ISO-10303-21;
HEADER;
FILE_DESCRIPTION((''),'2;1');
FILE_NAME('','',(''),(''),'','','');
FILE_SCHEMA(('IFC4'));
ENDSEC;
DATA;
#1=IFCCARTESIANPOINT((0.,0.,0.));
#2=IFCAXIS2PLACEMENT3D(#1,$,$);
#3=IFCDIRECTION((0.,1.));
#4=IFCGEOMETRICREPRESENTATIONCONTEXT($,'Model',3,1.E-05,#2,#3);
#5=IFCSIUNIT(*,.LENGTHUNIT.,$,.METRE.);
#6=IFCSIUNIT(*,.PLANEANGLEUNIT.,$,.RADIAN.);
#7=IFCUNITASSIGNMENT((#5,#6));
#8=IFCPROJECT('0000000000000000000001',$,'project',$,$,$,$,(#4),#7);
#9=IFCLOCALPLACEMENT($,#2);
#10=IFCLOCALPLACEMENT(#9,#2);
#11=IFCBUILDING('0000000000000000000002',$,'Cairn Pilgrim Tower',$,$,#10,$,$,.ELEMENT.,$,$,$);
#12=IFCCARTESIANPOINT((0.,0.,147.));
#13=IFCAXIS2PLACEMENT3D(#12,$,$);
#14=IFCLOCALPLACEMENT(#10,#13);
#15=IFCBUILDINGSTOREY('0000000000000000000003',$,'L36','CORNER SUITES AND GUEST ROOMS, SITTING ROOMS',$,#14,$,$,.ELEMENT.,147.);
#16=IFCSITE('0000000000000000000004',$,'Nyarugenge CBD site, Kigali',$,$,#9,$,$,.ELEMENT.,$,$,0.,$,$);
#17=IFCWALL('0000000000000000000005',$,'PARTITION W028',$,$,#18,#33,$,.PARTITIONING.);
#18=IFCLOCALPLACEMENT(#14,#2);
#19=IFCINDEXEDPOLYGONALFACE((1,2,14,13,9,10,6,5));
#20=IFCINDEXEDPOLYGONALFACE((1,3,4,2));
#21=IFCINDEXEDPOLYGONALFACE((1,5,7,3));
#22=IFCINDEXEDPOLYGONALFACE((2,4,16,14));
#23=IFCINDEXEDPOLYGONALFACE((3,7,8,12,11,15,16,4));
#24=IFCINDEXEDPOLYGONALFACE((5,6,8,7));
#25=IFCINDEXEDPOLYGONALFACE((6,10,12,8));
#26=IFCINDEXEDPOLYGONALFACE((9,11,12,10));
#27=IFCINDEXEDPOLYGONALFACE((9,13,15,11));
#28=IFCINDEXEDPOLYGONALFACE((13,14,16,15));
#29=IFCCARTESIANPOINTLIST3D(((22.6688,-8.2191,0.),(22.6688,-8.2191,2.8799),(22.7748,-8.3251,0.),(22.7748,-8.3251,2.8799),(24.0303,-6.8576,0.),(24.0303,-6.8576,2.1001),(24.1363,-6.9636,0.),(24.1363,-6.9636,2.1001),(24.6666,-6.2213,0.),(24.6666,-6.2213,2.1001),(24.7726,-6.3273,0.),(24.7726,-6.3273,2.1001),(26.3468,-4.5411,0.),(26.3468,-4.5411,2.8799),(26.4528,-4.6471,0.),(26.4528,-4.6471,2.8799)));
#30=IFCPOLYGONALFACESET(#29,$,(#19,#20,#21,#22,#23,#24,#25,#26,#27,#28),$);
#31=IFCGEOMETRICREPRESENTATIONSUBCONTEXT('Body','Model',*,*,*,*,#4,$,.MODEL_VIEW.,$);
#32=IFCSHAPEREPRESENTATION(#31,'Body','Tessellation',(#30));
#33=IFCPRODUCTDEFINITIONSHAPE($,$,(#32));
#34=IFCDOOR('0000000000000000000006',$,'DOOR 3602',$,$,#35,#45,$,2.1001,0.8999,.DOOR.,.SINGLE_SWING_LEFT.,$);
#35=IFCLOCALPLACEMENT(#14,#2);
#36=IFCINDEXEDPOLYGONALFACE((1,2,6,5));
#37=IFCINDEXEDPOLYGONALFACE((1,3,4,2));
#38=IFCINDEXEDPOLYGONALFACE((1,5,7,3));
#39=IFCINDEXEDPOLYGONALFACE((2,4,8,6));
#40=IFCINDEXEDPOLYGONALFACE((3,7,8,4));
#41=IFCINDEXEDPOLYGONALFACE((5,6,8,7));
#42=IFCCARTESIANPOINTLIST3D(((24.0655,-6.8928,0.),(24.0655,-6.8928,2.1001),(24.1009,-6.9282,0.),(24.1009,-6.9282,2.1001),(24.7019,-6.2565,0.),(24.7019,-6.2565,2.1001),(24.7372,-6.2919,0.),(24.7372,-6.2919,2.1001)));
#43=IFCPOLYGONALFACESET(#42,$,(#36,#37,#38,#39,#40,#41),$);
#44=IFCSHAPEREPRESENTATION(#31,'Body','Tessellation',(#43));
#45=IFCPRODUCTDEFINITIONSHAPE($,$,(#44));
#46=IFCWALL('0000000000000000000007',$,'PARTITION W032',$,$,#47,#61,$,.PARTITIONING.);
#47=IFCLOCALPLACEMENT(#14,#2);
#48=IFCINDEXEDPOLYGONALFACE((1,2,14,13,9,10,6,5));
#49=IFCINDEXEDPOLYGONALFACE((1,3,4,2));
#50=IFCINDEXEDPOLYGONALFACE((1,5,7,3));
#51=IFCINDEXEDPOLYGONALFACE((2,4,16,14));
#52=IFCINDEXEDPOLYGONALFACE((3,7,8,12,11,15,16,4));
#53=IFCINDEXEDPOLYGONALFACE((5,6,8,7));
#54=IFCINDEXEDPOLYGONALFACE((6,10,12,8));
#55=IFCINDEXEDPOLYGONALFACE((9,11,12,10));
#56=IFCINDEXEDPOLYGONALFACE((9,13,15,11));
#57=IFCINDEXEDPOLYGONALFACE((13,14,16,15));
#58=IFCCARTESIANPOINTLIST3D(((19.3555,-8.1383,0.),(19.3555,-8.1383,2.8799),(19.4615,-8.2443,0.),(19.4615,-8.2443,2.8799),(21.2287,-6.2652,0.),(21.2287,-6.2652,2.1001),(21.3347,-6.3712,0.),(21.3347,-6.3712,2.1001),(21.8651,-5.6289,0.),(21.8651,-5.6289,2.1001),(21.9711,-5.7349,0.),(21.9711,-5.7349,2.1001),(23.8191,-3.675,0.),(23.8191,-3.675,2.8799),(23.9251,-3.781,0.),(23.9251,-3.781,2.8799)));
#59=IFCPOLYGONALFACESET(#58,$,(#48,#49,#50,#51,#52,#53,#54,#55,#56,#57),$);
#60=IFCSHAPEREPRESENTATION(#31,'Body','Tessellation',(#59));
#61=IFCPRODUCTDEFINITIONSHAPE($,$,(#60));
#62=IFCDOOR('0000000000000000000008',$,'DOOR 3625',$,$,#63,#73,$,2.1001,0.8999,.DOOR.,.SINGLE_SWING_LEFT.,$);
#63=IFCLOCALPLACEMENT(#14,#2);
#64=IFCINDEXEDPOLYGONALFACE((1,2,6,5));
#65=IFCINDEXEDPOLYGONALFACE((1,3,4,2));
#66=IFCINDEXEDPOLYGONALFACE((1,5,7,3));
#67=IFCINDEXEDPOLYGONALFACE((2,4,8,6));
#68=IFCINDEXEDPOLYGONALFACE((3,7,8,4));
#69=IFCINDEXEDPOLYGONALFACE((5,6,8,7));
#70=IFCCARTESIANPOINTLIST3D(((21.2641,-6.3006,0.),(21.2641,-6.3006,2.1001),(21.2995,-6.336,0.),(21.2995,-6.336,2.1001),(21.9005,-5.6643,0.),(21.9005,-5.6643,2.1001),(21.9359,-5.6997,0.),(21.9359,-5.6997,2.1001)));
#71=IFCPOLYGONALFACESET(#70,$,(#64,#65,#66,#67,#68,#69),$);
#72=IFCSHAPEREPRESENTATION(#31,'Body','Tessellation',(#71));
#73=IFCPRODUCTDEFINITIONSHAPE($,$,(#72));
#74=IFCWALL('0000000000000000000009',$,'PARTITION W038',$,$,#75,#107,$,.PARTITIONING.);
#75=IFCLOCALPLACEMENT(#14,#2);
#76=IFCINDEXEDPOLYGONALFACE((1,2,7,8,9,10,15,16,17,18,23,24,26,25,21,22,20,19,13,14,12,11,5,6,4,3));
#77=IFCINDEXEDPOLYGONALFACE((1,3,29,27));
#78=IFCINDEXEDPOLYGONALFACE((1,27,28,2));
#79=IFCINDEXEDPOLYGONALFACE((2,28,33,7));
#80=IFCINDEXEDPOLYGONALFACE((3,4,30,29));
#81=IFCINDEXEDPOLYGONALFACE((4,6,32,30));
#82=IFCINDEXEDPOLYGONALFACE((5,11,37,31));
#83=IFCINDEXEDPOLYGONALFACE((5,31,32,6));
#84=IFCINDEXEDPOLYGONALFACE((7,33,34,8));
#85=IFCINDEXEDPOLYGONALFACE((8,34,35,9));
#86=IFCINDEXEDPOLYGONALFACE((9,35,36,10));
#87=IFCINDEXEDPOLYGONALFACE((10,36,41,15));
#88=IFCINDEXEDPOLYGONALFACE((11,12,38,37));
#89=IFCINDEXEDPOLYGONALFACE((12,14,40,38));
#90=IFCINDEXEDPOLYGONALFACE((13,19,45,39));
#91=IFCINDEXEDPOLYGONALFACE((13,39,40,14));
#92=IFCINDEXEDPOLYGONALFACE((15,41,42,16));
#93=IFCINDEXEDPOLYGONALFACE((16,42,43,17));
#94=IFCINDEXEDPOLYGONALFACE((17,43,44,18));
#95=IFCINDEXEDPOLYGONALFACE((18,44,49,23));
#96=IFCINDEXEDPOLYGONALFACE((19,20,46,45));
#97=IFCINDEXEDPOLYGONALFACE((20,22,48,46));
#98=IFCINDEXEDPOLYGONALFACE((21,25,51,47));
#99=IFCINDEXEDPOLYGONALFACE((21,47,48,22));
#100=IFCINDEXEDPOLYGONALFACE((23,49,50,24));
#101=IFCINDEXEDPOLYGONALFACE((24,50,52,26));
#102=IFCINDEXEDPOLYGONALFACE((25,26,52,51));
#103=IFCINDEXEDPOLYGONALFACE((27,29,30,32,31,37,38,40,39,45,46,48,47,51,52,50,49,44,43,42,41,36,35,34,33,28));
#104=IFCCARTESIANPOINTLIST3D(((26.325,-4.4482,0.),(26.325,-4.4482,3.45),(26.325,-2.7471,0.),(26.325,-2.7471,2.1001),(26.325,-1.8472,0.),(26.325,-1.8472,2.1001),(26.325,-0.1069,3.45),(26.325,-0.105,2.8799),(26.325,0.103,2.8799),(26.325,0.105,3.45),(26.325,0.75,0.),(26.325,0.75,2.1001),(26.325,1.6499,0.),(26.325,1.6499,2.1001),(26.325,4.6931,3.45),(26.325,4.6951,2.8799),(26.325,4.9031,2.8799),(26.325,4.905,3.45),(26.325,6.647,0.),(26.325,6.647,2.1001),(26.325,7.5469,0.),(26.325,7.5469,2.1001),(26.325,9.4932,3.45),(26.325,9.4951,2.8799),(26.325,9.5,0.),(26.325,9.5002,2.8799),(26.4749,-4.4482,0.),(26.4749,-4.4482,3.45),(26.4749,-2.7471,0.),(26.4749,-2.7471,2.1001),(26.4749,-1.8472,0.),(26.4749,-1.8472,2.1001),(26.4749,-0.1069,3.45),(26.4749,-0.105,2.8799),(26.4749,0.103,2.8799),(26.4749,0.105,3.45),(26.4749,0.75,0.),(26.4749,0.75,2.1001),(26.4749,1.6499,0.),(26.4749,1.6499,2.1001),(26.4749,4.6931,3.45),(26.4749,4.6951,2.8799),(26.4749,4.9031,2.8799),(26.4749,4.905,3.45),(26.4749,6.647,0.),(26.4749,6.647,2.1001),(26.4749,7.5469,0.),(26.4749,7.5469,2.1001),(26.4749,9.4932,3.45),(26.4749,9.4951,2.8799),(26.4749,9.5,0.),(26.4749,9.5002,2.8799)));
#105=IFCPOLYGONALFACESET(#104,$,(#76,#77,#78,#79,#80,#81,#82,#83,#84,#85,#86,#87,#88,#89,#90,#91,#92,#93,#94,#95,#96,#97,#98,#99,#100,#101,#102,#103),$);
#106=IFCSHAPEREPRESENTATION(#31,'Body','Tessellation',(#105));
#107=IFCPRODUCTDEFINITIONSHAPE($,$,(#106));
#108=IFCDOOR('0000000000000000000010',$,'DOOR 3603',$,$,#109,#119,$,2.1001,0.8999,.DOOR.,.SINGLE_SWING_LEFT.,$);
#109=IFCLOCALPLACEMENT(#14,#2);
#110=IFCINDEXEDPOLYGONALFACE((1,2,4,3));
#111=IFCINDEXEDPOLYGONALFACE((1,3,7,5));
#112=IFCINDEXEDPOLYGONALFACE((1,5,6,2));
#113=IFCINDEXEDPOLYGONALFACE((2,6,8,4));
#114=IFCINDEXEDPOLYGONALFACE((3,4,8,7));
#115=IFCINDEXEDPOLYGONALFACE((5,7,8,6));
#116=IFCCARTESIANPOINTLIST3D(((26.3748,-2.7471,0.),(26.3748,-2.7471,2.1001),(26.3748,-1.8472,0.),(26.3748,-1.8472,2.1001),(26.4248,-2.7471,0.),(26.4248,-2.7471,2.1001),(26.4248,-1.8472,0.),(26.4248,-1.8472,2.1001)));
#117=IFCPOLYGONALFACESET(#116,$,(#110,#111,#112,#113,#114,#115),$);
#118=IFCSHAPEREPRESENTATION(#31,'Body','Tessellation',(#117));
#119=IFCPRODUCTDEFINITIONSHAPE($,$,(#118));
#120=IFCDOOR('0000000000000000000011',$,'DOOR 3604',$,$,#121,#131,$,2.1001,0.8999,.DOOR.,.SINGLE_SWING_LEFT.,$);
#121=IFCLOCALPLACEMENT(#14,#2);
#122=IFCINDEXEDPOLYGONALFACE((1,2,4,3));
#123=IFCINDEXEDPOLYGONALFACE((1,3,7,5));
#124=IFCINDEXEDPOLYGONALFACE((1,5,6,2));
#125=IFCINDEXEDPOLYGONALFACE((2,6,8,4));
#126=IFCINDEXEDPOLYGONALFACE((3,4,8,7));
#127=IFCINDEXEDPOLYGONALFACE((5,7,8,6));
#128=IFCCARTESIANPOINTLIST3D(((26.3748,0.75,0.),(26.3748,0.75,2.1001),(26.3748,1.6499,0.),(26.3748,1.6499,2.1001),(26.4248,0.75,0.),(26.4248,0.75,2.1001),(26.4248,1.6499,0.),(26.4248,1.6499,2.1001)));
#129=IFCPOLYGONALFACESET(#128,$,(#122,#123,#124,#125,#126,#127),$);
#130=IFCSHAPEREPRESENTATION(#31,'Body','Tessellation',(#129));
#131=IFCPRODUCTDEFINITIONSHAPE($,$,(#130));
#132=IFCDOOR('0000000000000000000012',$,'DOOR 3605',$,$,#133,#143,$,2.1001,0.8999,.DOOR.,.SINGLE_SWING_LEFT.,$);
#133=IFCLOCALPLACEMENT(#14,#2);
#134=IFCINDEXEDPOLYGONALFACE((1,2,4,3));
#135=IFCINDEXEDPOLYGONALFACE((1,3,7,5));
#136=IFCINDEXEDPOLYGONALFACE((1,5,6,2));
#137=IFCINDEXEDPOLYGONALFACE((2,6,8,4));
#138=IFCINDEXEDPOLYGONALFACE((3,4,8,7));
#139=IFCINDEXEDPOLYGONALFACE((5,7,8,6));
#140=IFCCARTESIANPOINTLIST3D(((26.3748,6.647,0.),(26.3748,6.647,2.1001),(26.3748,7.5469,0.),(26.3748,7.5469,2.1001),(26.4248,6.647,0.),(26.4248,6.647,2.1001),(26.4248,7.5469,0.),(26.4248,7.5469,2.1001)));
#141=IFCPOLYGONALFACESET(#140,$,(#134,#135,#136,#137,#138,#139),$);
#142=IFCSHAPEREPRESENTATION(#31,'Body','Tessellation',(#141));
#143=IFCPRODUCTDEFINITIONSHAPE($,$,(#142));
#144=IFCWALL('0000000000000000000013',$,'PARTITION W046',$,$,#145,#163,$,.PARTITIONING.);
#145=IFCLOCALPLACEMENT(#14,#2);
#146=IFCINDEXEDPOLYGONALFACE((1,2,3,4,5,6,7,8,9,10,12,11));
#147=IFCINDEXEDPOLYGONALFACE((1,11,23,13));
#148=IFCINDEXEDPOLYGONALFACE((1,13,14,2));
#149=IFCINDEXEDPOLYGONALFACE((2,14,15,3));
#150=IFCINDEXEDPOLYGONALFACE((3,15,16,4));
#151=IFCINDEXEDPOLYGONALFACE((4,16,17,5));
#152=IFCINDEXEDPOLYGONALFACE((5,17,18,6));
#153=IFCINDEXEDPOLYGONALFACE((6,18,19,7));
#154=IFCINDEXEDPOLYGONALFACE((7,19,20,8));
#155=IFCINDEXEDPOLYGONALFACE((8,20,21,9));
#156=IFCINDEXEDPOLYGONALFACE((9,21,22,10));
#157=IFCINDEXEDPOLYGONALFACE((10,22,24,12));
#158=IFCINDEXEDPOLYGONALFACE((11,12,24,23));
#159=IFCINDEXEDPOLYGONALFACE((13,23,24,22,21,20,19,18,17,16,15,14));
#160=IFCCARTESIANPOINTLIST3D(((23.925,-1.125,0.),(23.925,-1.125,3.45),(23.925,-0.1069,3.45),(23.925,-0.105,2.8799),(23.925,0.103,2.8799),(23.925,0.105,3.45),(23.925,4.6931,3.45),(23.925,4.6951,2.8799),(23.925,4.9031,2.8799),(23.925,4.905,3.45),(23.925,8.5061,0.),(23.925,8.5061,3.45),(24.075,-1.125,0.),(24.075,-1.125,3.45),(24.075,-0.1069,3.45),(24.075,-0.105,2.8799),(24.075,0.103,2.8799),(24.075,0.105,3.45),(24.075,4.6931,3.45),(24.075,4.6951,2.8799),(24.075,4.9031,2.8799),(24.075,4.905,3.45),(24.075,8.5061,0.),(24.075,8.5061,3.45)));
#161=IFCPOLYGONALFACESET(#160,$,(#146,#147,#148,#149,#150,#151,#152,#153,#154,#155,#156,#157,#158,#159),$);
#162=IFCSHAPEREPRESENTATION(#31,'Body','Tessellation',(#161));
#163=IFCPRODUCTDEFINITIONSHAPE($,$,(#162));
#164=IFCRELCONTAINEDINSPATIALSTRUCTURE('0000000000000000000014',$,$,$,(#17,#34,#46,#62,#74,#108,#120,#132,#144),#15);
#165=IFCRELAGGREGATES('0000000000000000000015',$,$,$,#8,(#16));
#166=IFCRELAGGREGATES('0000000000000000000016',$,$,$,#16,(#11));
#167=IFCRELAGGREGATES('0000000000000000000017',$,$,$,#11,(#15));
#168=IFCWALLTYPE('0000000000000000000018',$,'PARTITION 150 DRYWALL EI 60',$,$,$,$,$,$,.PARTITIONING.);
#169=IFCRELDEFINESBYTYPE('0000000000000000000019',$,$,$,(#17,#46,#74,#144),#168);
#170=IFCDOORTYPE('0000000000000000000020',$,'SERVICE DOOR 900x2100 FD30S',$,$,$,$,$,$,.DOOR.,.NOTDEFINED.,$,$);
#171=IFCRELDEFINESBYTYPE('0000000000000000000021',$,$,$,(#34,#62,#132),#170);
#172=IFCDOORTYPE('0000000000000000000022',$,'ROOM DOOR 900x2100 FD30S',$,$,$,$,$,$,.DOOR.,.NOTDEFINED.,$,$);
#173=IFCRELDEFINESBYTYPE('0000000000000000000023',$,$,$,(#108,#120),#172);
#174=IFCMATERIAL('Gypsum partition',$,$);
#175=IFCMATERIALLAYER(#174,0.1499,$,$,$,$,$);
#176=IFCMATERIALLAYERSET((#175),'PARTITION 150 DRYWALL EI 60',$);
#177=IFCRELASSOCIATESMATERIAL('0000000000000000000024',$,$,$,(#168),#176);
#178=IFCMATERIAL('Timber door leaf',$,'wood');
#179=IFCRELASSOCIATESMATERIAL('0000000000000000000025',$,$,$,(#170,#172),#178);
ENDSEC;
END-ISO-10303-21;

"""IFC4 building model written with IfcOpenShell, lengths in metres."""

from ifc_helpers import new_model, si_unit, direction, frame, frame_2d, origin, place, context, subcontext, project, spatial, polyline, rectangle, outline, extrude, material, layer, layer_set, type_object, element, fill, save


model = new_model("IFC4")

# Units and contexts
model_context = context("Model", 3, precision=1e-05, world=origin(), true_north=direction((0.0, 1.0)))
body_context = subcontext(model_context, "Body", "Model", "MODEL_VIEW")
ifc_project = project(units=[si_unit("LENGTHUNIT", "METRE"), si_unit("PLANEANGLEUNIT", "RADIAN")], contexts=[model_context])

# Site, building, storey
site_placement = place(None, origin())
site = spatial("IfcSite", under=ifc_project, at=site_placement, Name="Nyarugenge CBD site, Kigali", CompositionType="ELEMENT", RefElevation=0.0)
building_placement = place(site_placement, origin())
building = spatial("IfcBuilding", under=site, at=building_placement, Name="Cairn Pilgrim Tower", CompositionType="ELEMENT")
storey_placement = place(building_placement, frame((0.0, 0.0, 147.0)))
storey = spatial("IfcBuildingStorey", under=building, at=storey_placement, Name="L36", Description="CORNER SUITES AND GUEST ROOMS, SITTING ROOMS", CompositionType="ELEMENT", Elevation=147.0)

# Shared definitions
ifc_material_1 = material(Name="Gypsum partition")
ifc_material_2 = material(Name="Timber door leaf", Category="wood")

# Shared definitions
ifc_layer_1 = layer(ifc_material_1, 0.1499)
ifc_layer_set_1 = layer_set([ifc_layer_1], Name="PARTITION 150 DRYWALL EI 60")
wall_type_1 = type_object("IfcWallType", Name="PARTITION 150 DRYWALL EI 60", PredefinedType="PARTITIONING", material=ifc_layer_set_1)

# Walls, openings, doors
wall_1_placement = place(storey_placement, frame((22.7219, -8.272, 0.0), z_axis=(0.0, 0.0, 1.0), x_axis=(0.707107, 0.707107, 0.0)))
wall_1 = element("IfcWall", 1, at=wall_1_placement, inside=storey, type_object=wall_type_1, Name="PARTITION W028", PredefinedType="PARTITIONING", context=body_context, shape_type="SweptSolid", body=[
    extrude(rectangle(XDim=5.2014, YDim=0.1499, at=frame_2d((2.6006, 0.0))), origin(), (0.0, 0.0, 1.0), 2.8799),
])
opening_1_placement = place(wall_1_placement, frame((1.9253, 0.0, 0.0)))
opening_1 = element("IfcOpeningElement", 2, at=opening_1_placement, cuts=wall_1, PredefinedType="OPENING", context=body_context, shape_type="SweptSolid", body=[
    extrude(rectangle(XDim=0.8999, YDim=2.1001, at=frame_2d((0.45, 1.05))), frame((0.0, 0.085, 0.0), z_axis=(0.0, -1.0, 0.0), x_axis=(1.0, 0.0, 0.0)), (0.0, 0.0, 1.0), 0.1699),
])
door_type_1 = type_object("IfcDoorType", Name="SERVICE DOOR 900x2100 FD30S", OperationType="NOTDEFINED", PredefinedType="DOOR", material=ifc_material_2)
door_1_placement = place(opening_1_placement, frame((0.8999, 0.0, 0.0), z_axis=(0.0, 0.0, 1.0), x_axis=(-1.0, 0.0, 0.0)))
door_1 = element("IfcDoor", 3, at=door_1_placement, inside=storey, type_object=door_type_1, Name="DOOR 3602", OperationType="SINGLE_SWING_LEFT", OverallHeight=2.1001, OverallWidth=0.8999, PredefinedType="DOOR", context=body_context, shape_type="SweptSolid", body=[
    extrude(rectangle(XDim=0.8999, YDim=2.1001, at=frame_2d((0.45, 1.05))), frame((0.0, 0.0249, 0.0), z_axis=(0.0, -1.0, 0.0), x_axis=(1.0, 0.0, 0.0)), (0.0, 0.0, 1.0), 0.05),
])
fill(opening_1, door_1)
wall_2_placement = place(storey_placement, frame((19.4084, -8.1914, 0.0), z_axis=(0.0, 0.0, 1.0), x_axis=(0.707126, 0.707087, 0.0)))
wall_2 = element("IfcWall", 4, at=wall_2_placement, inside=storey, type_object=wall_type_1, Name="PARTITION W032", PredefinedType="PARTITIONING", context=body_context, shape_type="SweptSolid", body=[
    extrude(rectangle(XDim=6.3123, YDim=0.1499, at=frame_2d((3.1562, 0.0))), origin(), (0.0, 0.0, 1.0), 2.8799),
])
opening_2_placement = place(wall_2_placement, frame((2.6492, 0.0, 0.0)))
opening_2 = element("IfcOpeningElement", 5, at=opening_2_placement, cuts=wall_2, PredefinedType="OPENING", context=body_context, shape_type="SweptSolid", body=[
    extrude(rectangle(XDim=0.8999, YDim=2.1001, at=frame_2d((0.45, 1.05))), frame((0.0, 0.085, 0.0), z_axis=(0.0, -1.0, 0.0), x_axis=(1.0, 0.0, 0.0)), (0.0, 0.0, 1.0), 0.1699),
])
door_2_placement = place(opening_2_placement, origin())
door_2 = element("IfcDoor", 6, at=door_2_placement, inside=storey, type_object=door_type_1, Name="DOOR 3625", OperationType="SINGLE_SWING_LEFT", OverallHeight=2.1001, OverallWidth=0.8999, PredefinedType="DOOR", context=body_context, shape_type="SweptSolid", body=[
    extrude(rectangle(XDim=0.8999, YDim=2.1001, at=frame_2d((0.45, 1.05))), frame((0.0, 0.0249, 0.0), z_axis=(0.0, -1.0, 0.0), x_axis=(1.0, 0.0, 0.0)), (0.0, 0.0, 1.0), 0.05),
])
fill(opening_2, door_2)

# Wall, openings, doors
wall_3_placement = place(storey_placement, frame((26.3999, -4.4482, 0.0), z_axis=(0.0, 0.0, 1.0), x_axis=(0.0, 1.0, 0.0)))
wall_3 = element("IfcWall", 7, at=wall_3_placement, inside=storey, type_object=wall_type_1, Name="PARTITION W038", PredefinedType="PARTITIONING", context=body_context, shape_type="SweptSolid", body=[
    extrude(outline(polyline([(0.0, 0.0), (13.9482, 0.0), (13.9485, 2.8799), (13.9434, 2.8799), (13.9414, 3.45), (9.3533, 3.45), (9.3513, 2.8799), (9.1433, 2.8799), (9.1414, 3.45), (4.5532, 3.45), (4.5513, 2.8799), (4.3433, 2.8799), (4.3413, 3.45), (0.0, 3.45), (0.0, 0.0)])), frame((0.0, 0.075, 0.0), z_axis=(0.0, -1.0, 0.0), x_axis=(1.0, 0.0, 0.0)), (0.0, 0.0, 1.0), 0.1499),
])
opening_3_placement = place(wall_3_placement, frame((1.7012, 0.0, 0.0)))
opening_3 = element("IfcOpeningElement", 8, at=opening_3_placement, cuts=wall_3, PredefinedType="OPENING", context=body_context, shape_type="SweptSolid", body=[
    extrude(rectangle(XDim=0.8999, YDim=2.1001, at=frame_2d((0.45, 1.05))), frame((0.0, 0.085, 0.0), z_axis=(0.0, -1.0, 0.0), x_axis=(1.0, 0.0, 0.0)), (0.0, 0.0, 1.0), 0.1699),
])
opening_4_placement = place(wall_3_placement, frame((5.1982, 0.0, 0.0)))
opening_4 = element("IfcOpeningElement", 9, at=opening_4_placement, cuts=wall_3, PredefinedType="OPENING", context=body_context, shape_type="SweptSolid", body=[
    extrude(rectangle(XDim=0.8999, YDim=2.1001, at=frame_2d((0.45, 1.05))), frame((0.0, 0.085, 0.0), z_axis=(0.0, -1.0, 0.0), x_axis=(1.0, 0.0, 0.0)), (0.0, 0.0, 1.0), 0.1699),
])
opening_5_placement = place(wall_3_placement, frame((11.0952, 0.0, 0.0)))
opening_5 = element("IfcOpeningElement", 10, at=opening_5_placement, cuts=wall_3, PredefinedType="OPENING", context=body_context, shape_type="SweptSolid", body=[
    extrude(rectangle(XDim=0.8999, YDim=2.1001, at=frame_2d((0.45, 1.05))), frame((0.0, 0.085, 0.0), z_axis=(0.0, -1.0, 0.0), x_axis=(1.0, 0.0, 0.0)), (0.0, 0.0, 1.0), 0.1699),
])
door_type_2 = type_object("IfcDoorType", Name="ROOM DOOR 900x2100 FD30S", OperationType="NOTDEFINED", PredefinedType="DOOR", material=ifc_material_2)
door_3_placement = place(opening_3_placement, frame((0.8999, 0.0, 0.0), z_axis=(0.0, 0.0, 1.0), x_axis=(-1.0, 0.0, 0.0)))
door_3 = element("IfcDoor", 11, at=door_3_placement, inside=storey, type_object=door_type_2, Name="DOOR 3603", OperationType="SINGLE_SWING_LEFT", OverallHeight=2.1001, OverallWidth=0.8999, PredefinedType="DOOR", context=body_context, shape_type="SweptSolid", body=[
    extrude(rectangle(XDim=0.8999, YDim=2.1001, at=frame_2d((0.45, 1.05))), frame((0.0, 0.0249, 0.0), z_axis=(0.0, -1.0, 0.0), x_axis=(1.0, 0.0, 0.0)), (0.0, 0.0, 1.0), 0.05),
])
fill(opening_3, door_3)
door_4_placement = place(opening_4_placement, frame((0.8999, 0.0, 0.0), z_axis=(0.0, 0.0, 1.0), x_axis=(-1.0, 0.0, 0.0)))
door_4 = element("IfcDoor", 12, at=door_4_placement, inside=storey, type_object=door_type_2, Name="DOOR 3604", OperationType="SINGLE_SWING_LEFT", OverallHeight=2.1001, OverallWidth=0.8999, PredefinedType="DOOR", context=body_context, shape_type="SweptSolid", body=[
    extrude(rectangle(XDim=0.8999, YDim=2.1001, at=frame_2d((0.45, 1.05))), frame((0.0, 0.0249, 0.0), z_axis=(0.0, -1.0, 0.0), x_axis=(1.0, 0.0, 0.0)), (0.0, 0.0, 1.0), 0.05),
])
fill(opening_4, door_4)
door_5_placement = place(opening_5_placement, frame((0.8999, 0.0, 0.0), z_axis=(0.0, 0.0, 1.0), x_axis=(-1.0, 0.0, 0.0)))
door_5 = element("IfcDoor", 13, at=door_5_placement, inside=storey, type_object=door_type_1, Name="DOOR 3605", OperationType="SINGLE_SWING_LEFT", OverallHeight=2.1001, OverallWidth=0.8999, PredefinedType="DOOR", context=body_context, shape_type="SweptSolid", body=[
    extrude(rectangle(XDim=0.8999, YDim=2.1001, at=frame_2d((0.45, 1.05))), frame((0.0, 0.0249, 0.0), z_axis=(0.0, -1.0, 0.0), x_axis=(1.0, 0.0, 0.0)), (0.0, 0.0, 1.0), 0.05),
])
fill(opening_5, door_5)

# Wall
wall_4_placement = place(storey_placement, frame((24.0, -1.125, 0.0), z_axis=(0.0, 0.0, 1.0), x_axis=(0.0, 1.0, 0.0)))
element("IfcWall", 14, at=wall_4_placement, inside=storey, type_object=wall_type_1, Name="PARTITION W046", PredefinedType="PARTITIONING", context=body_context, shape_type="SweptSolid", body=[
    extrude(outline(polyline([(0.0, 0.0), (9.6311, 0.0), (9.6311, 3.45), (6.03, 3.45), (6.0281, 2.8799), (5.8201, 2.8799), (5.8181, 3.45), (1.23, 3.45), (1.228, 2.8799), (1.02, 2.8799), (1.0181, 3.45), (0.0, 3.45), (0.0, 0.0)])), frame((0.0, 0.075, 0.0), z_axis=(0.0, -1.0, 0.0), x_axis=(1.0, 0.0, 0.0)), (0.0, 0.0, 1.0), 0.1499),
])

save(model, "model.ifc")
